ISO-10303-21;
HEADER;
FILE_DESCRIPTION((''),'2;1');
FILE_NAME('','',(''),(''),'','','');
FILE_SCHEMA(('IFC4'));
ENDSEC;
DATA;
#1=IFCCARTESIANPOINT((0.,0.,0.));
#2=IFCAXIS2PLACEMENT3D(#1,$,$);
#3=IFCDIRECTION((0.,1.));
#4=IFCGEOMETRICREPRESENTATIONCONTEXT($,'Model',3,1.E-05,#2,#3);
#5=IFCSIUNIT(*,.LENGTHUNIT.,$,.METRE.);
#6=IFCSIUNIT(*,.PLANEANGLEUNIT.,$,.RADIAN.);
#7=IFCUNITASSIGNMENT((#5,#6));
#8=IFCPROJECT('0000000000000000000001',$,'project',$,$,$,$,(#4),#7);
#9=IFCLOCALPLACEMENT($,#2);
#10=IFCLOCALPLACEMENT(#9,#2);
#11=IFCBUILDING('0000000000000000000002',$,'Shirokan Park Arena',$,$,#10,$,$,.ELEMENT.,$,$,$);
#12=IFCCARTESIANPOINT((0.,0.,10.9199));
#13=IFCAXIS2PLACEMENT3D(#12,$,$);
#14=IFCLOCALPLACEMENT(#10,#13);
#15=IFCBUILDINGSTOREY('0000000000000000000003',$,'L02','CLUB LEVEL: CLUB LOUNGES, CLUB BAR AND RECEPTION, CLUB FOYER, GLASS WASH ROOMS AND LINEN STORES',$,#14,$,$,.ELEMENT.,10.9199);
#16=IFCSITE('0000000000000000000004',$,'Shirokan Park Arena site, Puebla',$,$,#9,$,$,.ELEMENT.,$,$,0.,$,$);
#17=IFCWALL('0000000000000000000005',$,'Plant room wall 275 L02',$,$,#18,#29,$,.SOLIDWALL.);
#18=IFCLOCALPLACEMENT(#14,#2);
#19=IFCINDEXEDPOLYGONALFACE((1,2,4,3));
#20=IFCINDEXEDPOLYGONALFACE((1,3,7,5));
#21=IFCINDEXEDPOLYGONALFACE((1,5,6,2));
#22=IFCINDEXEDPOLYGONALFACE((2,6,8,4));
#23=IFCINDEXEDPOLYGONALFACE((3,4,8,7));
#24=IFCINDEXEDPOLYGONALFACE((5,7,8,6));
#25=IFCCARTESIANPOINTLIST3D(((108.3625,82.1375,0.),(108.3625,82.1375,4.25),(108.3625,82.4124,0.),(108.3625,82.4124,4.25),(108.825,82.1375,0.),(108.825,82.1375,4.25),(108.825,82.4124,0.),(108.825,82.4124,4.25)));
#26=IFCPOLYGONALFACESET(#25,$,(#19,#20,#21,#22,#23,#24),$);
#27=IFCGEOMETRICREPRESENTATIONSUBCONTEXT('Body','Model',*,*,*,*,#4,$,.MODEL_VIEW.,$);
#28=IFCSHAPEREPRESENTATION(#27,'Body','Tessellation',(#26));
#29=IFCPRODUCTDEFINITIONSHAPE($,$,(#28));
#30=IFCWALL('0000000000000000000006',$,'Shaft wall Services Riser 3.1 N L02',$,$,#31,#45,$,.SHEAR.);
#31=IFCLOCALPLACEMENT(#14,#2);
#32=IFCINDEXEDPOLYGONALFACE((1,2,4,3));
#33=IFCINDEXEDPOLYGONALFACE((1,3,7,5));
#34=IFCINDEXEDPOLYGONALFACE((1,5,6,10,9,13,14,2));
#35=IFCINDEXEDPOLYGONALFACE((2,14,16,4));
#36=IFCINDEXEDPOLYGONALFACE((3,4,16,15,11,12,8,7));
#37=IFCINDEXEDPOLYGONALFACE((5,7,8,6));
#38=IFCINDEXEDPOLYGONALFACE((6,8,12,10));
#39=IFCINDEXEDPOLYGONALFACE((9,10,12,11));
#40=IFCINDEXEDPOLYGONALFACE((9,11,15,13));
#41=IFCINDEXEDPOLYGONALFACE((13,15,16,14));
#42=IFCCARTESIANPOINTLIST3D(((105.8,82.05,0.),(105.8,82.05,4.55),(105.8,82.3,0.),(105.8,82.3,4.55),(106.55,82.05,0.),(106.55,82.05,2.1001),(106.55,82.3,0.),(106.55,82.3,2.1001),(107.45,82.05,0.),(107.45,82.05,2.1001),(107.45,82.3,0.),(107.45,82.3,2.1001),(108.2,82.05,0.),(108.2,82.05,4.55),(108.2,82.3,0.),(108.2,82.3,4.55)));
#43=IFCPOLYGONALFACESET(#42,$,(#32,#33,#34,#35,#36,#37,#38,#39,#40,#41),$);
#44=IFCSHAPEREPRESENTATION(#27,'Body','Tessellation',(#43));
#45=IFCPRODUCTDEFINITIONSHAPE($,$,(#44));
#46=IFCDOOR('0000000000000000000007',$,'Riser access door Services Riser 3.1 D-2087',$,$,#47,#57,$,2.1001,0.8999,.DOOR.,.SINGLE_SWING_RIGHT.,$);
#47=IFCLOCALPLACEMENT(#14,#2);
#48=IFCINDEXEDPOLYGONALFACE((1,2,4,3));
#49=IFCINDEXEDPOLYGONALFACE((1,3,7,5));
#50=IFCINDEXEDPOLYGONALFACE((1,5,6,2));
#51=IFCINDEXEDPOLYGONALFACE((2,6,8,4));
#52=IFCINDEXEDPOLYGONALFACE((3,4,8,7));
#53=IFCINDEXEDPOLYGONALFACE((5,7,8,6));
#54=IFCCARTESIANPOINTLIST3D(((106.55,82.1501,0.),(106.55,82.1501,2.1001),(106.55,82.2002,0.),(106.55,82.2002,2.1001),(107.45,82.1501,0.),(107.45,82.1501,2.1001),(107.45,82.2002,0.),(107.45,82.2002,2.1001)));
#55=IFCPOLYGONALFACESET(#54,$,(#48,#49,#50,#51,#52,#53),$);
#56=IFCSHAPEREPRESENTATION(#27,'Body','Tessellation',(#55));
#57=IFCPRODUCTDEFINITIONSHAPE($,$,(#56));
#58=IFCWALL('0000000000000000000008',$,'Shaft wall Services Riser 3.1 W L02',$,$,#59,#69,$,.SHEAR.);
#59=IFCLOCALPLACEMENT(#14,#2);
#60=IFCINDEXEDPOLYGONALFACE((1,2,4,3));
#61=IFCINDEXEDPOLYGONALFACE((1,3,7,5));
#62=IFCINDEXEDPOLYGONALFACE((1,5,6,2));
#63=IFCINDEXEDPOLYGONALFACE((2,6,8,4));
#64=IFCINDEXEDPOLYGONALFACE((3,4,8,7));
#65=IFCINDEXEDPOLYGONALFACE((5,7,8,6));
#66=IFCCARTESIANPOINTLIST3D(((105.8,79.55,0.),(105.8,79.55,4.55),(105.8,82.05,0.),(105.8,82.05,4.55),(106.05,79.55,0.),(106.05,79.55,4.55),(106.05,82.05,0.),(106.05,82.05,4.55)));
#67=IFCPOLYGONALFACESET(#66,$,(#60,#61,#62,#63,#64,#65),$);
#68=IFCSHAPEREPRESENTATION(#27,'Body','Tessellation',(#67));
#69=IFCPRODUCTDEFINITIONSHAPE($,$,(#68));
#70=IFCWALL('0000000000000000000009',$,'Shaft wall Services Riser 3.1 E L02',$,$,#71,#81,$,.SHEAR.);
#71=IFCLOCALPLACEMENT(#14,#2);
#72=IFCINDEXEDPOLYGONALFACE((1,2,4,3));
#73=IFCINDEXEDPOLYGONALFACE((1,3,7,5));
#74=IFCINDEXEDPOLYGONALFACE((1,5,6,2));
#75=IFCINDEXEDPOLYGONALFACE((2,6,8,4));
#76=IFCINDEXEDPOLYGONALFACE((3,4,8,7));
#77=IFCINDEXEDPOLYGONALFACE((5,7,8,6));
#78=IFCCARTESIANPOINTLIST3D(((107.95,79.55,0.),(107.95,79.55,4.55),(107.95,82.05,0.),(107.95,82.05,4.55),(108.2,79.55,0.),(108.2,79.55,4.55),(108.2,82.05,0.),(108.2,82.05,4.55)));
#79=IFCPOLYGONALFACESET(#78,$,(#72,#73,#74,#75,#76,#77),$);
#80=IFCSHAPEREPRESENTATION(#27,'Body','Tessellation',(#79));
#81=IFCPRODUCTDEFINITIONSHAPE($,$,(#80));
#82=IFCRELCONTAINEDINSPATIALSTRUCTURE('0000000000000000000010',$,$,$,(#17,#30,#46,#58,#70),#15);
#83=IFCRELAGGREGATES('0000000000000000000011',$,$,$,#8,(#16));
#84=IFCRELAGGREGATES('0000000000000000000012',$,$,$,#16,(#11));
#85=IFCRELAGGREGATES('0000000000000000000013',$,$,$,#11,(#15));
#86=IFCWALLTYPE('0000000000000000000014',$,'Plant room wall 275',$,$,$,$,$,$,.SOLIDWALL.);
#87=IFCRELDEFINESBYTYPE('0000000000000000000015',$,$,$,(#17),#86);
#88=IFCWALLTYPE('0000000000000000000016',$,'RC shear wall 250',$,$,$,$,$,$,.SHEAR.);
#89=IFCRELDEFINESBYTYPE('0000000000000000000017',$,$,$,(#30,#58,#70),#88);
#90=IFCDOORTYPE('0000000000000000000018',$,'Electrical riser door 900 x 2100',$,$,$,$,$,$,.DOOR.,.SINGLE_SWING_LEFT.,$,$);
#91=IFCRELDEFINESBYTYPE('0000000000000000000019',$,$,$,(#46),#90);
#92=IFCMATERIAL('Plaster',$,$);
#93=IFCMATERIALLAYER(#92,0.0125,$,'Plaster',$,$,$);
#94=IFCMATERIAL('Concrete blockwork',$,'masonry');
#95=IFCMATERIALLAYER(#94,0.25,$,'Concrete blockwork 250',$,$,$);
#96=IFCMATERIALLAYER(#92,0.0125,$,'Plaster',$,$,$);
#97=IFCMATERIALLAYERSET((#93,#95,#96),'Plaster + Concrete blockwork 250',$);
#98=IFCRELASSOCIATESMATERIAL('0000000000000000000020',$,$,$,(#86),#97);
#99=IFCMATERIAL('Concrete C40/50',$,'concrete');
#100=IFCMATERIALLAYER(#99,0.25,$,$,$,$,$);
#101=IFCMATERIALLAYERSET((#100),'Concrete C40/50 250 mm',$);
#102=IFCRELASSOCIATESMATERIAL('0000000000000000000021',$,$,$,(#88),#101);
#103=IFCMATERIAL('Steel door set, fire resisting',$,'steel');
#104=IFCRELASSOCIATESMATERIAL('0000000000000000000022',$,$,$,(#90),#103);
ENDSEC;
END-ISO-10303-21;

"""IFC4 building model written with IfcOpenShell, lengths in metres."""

from ifc_helpers import new_model, si_unit, direction, frame, frame_2d, origin, place, context, subcontext, project, spatial, rectangle, extrude, material, layer, layer_set, type_object, element, fill, save


model = new_model("IFC4")

# Units and contexts
model_context = context("Model", 3, precision=1e-05, world=origin(), true_north=direction((0.0, 1.0)))
body_context = subcontext(model_context, "Body", "Model", "MODEL_VIEW")
ifc_project = project(units=[si_unit("LENGTHUNIT", "METRE"), si_unit("PLANEANGLEUNIT", "RADIAN")], contexts=[model_context])

# Site, building, storey
site_placement = place(None, origin())
site = spatial("IfcSite", under=ifc_project, at=site_placement, Name="Shirokan Park Arena site, Puebla", CompositionType="ELEMENT", RefElevation=0.0)
building_placement = place(site_placement, origin())
building = spatial("IfcBuilding", under=site, at=building_placement, Name="Shirokan Park Arena", CompositionType="ELEMENT")
storey_placement = place(building_placement, frame((0.0, 0.0, 10.9199)))
storey = spatial("IfcBuildingStorey", under=building, at=storey_placement, Name="L02", Description="CLUB LEVEL: CLUB LOUNGES, CLUB BAR AND RECEPTION, CLUB FOYER, GLASS WASH ROOMS AND LINEN STORES", CompositionType="ELEMENT", Elevation=10.9199)

# Shared definitions
ifc_material_1 = material(Name="Plaster")
ifc_layer_1 = layer(ifc_material_1, 0.0125, Name="Plaster")
ifc_material_2 = material(Name="Concrete blockwork", Category="masonry")
ifc_layer_2 = layer(ifc_material_2, 0.25, Name="Concrete blockwork 250")
ifc_layer_3 = layer(ifc_material_1, 0.0125, Name="Plaster")
ifc_layer_set_1 = layer_set([ifc_layer_1, ifc_layer_2, ifc_layer_3], Name="Plaster + Concrete blockwork 250")
wall_type_1 = type_object("IfcWallType", Name="Plant room wall 275", PredefinedType="SOLIDWALL", material=ifc_layer_set_1)

# Wall
wall_1_placement = place(storey_placement, frame((108.825, 82.2749, 0.0), z_axis=(0.0, 0.0, 1.0), x_axis=(-1.0, 0.0, 0.0)))
element("IfcWall", 1, at=wall_1_placement, inside=storey, type_object=wall_type_1, Name="Plant room wall 275 L02", PredefinedType="SOLIDWALL", context=body_context, shape_type="SweptSolid", body=[
    extrude(rectangle(XDim=0.4624, YDim=0.2749, at=frame_2d((0.2312, 0.0))), origin(), (0.0, 0.0, 1.0), 4.25),
])

# Wall, opening, door
ifc_material_3 = material(Name="Concrete C40/50", Category="concrete")
ifc_layer_4 = layer(ifc_material_3, 0.25)
ifc_layer_set_2 = layer_set([ifc_layer_4], Name="Concrete C40/50 250 mm")
wall_type_2 = type_object("IfcWallType", Name="RC shear wall 250", PredefinedType="SHEAR", material=ifc_layer_set_2)
wall_2_placement = place(storey_placement, frame((108.2, 82.175, 0.0), z_axis=(0.0, 0.0, 1.0), x_axis=(-1.0, 0.0, 0.0)))
wall_2 = element("IfcWall", 2, at=wall_2_placement, inside=storey, type_object=wall_type_2, Name="Shaft wall Services Riser 3.1 N L02", PredefinedType="SHEAR", context=body_context, shape_type="SweptSolid", body=[
    extrude(rectangle(XDim=2.3999, YDim=0.25, at=frame_2d((1.2, 0.0))), origin(), (0.0, 0.0, 1.0), 4.55),
])
opening_1_placement = place(wall_2_placement, frame((0.75, 0.0, 0.0)))
opening_1 = element("IfcOpeningElement", 3, at=opening_1_placement, cuts=wall_2, PredefinedType="OPENING", context=body_context, shape_type="SweptSolid", body=[
    extrude(rectangle(XDim=0.8999, YDim=2.1001, at=frame_2d((0.45, 1.05))), frame((0.0, 0.135, 0.0), z_axis=(0.0, -1.0, 0.0), x_axis=(1.0, 0.0, 0.0)), (0.0, 0.0, 1.0), 0.27),
])
ifc_material_4 = material(Name="Steel door set, fire resisting", Category="steel")
door_type_1 = type_object("IfcDoorType", Name="Electrical riser door 900 x 2100", OperationType="SINGLE_SWING_LEFT", PredefinedType="DOOR", material=ifc_material_4)
door_1_placement = place(opening_1_placement, origin())
door_1 = element("IfcDoor", 4, at=door_1_placement, inside=storey, type_object=door_type_1, Name="Riser access door Services Riser 3.1 D-2087", OperationType="SINGLE_SWING_RIGHT", OverallHeight=2.1001, OverallWidth=0.8999, PredefinedType="DOOR", context=body_context, shape_type="SweptSolid", body=[
    extrude(rectangle(XDim=0.8999, YDim=2.1001, at=frame_2d((0.45, 1.05))), frame((0.0, 0.0249, 0.0), z_axis=(0.0, -1.0, 0.0), x_axis=(1.0, 0.0, 0.0)), (0.0, 0.0, 1.0), 0.05),
])
fill(opening_1, door_1)

# Walls
for number, where, z_axis, x_axis, name in (
    (5, (105.925, 82.05, 0.0), (0.0, 0.0, 1.0), (0.0, -1.0, 0.0), "Shaft wall Services Riser 3.1 W L02"),
    (6, (108.075, 82.05, 0.0), (0.0, 0.0, 1.0), (0.0, -1.0, 0.0), "Shaft wall Services Riser 3.1 E L02"),
):
    element("IfcWall", number, at=place(storey_placement, frame(where, z_axis=z_axis, x_axis=x_axis)), inside=storey, type_object=wall_type_2, Name=name, PredefinedType="SHEAR", context=body_context, shape_type="SweptSolid", body=[
        extrude(rectangle(XDim=2.5, YDim=0.25, at=frame_2d((1.25, 0.0))), origin(), (0.0, 0.0, 1.0), 4.55),
    ])

save(model, "model.ifc")
